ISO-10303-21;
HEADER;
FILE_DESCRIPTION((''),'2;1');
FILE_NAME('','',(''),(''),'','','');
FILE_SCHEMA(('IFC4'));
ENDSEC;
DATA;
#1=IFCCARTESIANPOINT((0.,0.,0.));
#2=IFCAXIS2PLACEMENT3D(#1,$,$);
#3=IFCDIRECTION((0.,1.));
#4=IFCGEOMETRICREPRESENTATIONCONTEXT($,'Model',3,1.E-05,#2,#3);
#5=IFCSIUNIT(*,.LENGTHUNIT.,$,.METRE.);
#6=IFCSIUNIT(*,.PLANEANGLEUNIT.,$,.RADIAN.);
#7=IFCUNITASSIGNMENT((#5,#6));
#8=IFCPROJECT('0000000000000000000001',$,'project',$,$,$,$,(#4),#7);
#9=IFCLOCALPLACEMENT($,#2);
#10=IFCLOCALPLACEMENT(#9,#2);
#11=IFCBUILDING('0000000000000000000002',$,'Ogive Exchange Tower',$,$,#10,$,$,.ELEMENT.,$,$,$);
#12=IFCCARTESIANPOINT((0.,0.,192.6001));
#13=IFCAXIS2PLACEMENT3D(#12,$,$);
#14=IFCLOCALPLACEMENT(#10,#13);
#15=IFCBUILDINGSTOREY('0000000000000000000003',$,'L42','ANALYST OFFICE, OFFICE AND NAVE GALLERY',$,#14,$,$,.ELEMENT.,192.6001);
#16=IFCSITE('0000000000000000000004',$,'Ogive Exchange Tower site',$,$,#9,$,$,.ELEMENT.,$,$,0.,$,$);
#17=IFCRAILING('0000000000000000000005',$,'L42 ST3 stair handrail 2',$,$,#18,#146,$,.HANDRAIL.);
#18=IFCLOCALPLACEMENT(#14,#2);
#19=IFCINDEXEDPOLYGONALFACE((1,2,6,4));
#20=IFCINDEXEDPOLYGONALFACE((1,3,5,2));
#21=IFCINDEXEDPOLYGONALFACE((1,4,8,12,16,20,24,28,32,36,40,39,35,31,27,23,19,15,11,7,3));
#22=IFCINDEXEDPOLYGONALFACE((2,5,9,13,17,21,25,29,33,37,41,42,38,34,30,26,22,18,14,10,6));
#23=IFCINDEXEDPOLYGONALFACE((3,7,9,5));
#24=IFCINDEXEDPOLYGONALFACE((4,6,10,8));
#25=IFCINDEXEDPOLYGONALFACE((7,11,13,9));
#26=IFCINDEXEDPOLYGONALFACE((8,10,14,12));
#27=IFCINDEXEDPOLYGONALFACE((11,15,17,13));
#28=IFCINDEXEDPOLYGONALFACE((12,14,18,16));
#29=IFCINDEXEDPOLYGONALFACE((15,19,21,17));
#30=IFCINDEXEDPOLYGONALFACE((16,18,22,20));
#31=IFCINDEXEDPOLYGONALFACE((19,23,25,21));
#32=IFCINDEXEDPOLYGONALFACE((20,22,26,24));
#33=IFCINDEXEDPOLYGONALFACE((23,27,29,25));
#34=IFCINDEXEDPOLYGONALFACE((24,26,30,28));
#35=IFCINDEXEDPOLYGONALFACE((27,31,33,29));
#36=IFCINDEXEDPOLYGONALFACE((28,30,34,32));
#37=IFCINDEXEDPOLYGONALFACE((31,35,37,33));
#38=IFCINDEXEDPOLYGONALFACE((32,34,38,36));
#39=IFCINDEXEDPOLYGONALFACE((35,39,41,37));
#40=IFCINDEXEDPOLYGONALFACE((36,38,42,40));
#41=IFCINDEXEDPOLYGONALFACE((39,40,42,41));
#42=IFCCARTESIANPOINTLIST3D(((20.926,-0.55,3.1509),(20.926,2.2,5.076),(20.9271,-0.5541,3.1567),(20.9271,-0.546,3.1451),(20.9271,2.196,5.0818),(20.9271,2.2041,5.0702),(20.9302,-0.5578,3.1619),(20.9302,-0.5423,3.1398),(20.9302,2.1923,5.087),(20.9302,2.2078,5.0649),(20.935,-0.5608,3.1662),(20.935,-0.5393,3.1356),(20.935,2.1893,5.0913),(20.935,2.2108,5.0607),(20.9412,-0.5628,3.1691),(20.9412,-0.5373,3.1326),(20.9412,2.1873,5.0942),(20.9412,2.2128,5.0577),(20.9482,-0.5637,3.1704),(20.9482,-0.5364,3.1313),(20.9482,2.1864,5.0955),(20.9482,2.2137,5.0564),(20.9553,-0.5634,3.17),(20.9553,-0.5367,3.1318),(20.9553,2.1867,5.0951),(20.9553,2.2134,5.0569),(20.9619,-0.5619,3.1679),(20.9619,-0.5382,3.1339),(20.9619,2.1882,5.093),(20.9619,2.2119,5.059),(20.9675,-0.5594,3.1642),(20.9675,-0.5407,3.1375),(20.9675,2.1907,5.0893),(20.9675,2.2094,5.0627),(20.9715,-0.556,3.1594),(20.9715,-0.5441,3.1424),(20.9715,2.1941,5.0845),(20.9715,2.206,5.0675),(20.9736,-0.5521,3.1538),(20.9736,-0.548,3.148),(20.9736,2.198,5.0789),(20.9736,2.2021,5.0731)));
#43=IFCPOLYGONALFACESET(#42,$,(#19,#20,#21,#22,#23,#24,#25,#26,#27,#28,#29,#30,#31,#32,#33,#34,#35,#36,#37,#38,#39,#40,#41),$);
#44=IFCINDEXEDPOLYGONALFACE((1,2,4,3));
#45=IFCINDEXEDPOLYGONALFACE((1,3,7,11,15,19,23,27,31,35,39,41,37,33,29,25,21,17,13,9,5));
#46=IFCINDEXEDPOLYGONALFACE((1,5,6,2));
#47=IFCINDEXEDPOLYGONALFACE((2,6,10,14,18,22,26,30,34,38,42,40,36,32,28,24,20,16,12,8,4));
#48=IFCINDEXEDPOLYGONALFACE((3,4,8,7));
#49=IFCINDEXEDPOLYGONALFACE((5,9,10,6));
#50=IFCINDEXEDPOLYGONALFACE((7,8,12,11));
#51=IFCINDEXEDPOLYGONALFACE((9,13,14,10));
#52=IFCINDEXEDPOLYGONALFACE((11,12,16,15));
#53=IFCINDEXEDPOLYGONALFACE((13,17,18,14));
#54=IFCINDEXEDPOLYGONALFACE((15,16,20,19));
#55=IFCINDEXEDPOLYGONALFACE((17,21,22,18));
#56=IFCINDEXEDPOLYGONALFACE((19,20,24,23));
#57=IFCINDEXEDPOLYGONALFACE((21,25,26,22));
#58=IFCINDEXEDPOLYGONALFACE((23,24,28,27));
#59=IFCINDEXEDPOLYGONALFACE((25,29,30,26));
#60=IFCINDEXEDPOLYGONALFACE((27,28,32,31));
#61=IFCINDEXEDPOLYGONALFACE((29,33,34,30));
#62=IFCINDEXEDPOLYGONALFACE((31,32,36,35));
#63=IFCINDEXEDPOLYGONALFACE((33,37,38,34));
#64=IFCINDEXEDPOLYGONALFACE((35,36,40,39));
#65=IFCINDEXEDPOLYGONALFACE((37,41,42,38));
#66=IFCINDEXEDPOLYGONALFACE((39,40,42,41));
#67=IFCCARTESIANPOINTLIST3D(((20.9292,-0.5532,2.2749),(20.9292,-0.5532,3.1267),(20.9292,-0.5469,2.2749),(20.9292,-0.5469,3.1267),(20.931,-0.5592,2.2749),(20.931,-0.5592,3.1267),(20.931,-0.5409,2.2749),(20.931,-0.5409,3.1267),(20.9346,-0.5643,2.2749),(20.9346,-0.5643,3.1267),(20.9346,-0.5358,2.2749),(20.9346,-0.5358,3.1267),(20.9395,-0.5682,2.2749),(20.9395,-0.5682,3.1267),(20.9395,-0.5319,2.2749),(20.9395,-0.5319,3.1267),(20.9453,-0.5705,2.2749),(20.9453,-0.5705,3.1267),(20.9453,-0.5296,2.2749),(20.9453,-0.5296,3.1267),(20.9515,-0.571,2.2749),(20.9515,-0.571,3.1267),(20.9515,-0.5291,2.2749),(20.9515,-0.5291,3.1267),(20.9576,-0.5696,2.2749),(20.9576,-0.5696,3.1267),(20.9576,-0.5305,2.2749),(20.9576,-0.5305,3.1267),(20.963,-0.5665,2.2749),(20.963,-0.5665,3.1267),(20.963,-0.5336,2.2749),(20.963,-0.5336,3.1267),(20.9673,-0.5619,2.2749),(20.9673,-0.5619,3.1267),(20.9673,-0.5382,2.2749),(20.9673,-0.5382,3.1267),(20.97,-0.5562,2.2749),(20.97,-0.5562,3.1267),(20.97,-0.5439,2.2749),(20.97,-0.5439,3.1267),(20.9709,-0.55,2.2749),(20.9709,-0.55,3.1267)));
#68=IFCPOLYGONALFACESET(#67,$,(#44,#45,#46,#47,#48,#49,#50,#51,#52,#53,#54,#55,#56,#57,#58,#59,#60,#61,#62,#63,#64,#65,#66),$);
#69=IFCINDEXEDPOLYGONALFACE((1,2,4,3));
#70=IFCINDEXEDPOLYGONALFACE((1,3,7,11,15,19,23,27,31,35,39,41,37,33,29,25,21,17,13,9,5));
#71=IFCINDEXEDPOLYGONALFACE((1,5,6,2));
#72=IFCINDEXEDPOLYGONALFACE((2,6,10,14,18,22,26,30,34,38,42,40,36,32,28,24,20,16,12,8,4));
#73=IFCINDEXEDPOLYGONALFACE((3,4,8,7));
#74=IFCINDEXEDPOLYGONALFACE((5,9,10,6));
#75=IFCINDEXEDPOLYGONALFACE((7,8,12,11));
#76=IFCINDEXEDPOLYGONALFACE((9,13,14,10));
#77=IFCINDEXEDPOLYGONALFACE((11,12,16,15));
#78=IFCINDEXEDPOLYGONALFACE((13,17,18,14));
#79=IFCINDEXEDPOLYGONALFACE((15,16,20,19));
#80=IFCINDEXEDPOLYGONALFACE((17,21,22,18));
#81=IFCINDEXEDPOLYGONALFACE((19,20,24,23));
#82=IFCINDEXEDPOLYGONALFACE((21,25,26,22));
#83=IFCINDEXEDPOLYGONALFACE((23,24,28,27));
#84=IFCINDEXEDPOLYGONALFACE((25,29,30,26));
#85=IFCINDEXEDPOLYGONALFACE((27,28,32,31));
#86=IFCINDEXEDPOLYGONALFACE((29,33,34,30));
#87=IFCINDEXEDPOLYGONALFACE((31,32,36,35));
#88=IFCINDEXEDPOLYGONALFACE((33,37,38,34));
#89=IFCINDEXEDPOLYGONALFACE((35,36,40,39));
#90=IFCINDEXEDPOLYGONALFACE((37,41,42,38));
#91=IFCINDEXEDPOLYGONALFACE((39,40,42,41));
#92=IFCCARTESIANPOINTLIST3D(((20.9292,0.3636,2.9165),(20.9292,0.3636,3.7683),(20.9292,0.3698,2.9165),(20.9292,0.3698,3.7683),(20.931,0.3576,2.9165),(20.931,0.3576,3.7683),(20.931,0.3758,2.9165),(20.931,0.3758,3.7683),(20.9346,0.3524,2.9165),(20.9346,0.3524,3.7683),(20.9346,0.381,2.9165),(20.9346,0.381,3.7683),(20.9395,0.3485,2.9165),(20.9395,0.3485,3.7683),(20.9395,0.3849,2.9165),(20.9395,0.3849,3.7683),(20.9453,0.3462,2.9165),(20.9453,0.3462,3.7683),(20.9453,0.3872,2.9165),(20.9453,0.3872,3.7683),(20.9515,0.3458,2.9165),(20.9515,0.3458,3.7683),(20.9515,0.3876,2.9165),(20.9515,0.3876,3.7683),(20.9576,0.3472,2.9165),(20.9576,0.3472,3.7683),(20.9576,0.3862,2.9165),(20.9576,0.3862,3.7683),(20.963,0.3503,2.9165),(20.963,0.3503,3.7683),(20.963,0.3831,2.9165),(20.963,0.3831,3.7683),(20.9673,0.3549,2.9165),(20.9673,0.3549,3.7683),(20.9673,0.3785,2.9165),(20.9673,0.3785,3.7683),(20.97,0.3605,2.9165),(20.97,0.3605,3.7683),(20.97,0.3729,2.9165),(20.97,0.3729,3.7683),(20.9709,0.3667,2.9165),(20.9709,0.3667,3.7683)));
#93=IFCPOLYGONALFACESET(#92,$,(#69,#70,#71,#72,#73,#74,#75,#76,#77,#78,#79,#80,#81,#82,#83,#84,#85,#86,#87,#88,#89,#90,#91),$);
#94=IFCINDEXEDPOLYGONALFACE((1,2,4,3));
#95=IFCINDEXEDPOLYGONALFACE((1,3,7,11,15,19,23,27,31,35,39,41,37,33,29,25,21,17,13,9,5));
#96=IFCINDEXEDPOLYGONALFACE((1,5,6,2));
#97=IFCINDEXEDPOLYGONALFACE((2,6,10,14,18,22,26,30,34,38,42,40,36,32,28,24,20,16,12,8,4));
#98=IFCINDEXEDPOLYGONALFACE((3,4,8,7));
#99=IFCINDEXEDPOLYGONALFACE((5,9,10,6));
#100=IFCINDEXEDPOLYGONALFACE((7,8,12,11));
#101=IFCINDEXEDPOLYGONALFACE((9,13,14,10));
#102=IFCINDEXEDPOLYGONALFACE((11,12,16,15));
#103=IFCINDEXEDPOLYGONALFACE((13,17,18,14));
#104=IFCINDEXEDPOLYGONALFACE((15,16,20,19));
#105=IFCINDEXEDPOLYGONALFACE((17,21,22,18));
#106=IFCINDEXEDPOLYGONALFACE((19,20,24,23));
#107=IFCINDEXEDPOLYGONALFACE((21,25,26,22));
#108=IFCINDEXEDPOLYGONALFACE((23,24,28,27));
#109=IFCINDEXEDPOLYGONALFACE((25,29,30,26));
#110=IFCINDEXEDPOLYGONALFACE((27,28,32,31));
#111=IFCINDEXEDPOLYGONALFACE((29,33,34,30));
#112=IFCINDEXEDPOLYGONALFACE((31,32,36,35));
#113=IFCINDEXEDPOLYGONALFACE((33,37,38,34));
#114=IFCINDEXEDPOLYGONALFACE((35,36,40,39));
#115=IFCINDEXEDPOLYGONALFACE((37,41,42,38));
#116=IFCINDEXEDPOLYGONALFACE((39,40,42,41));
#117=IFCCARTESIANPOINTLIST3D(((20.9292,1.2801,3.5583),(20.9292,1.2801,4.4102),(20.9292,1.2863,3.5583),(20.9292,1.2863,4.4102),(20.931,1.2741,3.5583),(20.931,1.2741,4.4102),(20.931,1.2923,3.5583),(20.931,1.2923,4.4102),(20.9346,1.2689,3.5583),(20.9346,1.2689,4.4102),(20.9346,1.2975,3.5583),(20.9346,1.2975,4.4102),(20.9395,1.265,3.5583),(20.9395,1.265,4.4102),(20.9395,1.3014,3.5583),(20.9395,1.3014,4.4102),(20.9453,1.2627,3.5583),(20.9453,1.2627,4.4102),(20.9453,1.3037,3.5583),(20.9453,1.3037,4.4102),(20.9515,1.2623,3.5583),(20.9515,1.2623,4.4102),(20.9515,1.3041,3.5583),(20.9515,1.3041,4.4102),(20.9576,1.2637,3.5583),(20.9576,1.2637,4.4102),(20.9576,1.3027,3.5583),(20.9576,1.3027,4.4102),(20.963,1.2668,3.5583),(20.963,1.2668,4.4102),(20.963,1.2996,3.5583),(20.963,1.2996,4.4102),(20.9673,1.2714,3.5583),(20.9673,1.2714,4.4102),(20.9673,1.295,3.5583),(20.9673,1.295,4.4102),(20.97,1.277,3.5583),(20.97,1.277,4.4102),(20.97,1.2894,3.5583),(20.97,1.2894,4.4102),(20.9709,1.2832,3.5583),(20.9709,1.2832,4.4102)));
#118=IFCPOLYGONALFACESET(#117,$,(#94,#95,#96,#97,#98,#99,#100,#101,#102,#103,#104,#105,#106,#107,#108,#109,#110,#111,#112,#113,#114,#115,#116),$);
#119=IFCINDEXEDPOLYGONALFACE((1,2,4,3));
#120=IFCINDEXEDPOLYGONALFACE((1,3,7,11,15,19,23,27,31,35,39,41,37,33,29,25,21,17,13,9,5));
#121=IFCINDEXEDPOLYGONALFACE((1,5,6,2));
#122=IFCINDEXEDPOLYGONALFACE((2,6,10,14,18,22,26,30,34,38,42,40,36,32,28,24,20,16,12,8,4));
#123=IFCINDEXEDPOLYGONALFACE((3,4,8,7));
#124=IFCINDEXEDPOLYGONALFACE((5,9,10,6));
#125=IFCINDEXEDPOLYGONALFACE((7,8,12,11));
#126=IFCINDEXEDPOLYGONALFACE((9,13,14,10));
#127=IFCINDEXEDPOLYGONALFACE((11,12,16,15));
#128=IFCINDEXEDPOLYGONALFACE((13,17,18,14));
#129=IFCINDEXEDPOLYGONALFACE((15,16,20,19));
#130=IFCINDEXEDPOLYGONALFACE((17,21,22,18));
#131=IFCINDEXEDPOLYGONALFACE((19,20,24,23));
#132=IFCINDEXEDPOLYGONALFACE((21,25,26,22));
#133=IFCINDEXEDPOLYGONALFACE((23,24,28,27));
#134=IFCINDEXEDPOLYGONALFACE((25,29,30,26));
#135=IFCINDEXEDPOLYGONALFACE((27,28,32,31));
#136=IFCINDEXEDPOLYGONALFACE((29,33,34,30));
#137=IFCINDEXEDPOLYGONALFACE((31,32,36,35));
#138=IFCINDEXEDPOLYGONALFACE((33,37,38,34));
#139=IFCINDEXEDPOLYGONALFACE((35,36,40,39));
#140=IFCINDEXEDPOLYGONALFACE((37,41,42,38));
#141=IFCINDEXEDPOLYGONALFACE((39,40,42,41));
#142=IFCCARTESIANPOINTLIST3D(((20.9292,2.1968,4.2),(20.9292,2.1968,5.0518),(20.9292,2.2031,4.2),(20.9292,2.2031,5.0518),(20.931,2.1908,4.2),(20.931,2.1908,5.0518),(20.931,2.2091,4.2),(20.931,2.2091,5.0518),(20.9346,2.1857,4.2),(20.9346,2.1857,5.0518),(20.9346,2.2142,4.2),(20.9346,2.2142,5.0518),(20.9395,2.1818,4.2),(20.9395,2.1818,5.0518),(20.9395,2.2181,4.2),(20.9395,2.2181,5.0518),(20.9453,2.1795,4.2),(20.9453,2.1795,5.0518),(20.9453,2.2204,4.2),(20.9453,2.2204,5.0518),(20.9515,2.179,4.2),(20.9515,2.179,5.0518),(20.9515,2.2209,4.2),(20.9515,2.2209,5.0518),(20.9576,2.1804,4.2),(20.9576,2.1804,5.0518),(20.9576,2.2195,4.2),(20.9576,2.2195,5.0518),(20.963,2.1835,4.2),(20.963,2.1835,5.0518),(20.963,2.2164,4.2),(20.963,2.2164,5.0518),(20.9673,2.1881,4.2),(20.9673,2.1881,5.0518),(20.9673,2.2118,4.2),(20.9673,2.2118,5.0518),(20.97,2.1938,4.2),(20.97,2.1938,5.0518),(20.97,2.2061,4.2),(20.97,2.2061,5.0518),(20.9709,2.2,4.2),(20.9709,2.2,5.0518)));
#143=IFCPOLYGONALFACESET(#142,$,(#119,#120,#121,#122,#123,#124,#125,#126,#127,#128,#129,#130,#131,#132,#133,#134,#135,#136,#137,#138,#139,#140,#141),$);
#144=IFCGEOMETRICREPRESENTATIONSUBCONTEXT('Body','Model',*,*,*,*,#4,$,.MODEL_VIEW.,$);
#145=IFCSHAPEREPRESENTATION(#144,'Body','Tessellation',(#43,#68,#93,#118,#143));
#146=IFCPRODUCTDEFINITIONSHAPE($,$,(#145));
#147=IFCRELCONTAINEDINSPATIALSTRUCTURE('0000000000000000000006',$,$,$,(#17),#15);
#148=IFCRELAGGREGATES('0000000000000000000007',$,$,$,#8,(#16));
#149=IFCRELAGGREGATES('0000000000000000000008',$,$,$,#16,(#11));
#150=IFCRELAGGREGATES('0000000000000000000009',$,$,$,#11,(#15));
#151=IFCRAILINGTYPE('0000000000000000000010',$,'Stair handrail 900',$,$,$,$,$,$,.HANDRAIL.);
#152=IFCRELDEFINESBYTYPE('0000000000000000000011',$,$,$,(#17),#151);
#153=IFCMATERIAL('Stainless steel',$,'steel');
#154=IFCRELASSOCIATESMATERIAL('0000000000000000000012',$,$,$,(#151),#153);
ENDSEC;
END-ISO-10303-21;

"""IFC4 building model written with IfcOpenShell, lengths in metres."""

from ifc_helpers import new_model, si_unit, direction, frame, origin, origin_2d, place, context, subcontext, project, spatial, circle, extrude, material, type_object, element, save


model = new_model("IFC4")

# Units and contexts
model_context = context("Model", 3, precision=1e-05, world=origin(), true_north=direction((0.0, 1.0)))
body_context = subcontext(model_context, "Body", "Model", "MODEL_VIEW")
ifc_project = project(units=[si_unit("LENGTHUNIT", "METRE"), si_unit("PLANEANGLEUNIT", "RADIAN")], contexts=[model_context])

# Site, building, storey
site_placement = place(None, origin())
site = spatial("IfcSite", under=ifc_project, at=site_placement, Name="Ogive Exchange Tower site", CompositionType="ELEMENT", RefElevation=0.0)
building_placement = place(site_placement, origin())
building = spatial("IfcBuilding", under=site, at=building_placement, Name="Ogive Exchange Tower", CompositionType="ELEMENT")
storey_placement = place(building_placement, frame((0.0, 0.0, 192.6001)))
storey = spatial("IfcBuildingStorey", under=building, at=storey_placement, Name="L42", Description="ANALYST OFFICE, OFFICE AND NAVE GALLERY", CompositionType="ELEMENT", Elevation=192.6001)

# Shared definitions
ifc_material_1 = material(Name="Stainless steel", Category="steel")

# Railing
railing_type = type_object("IfcRailingType", Name="Stair handrail 900", PredefinedType="HANDRAIL", material=ifc_material_1)
railing_placement = place(storey_placement, frame((20.95, -0.55, 2.2749)))
element("IfcRailing", 1, at=railing_placement, inside=storey, type_object=railing_type, Name="L42 ST3 stair handrail 2", PredefinedType="HANDRAIL", context=body_context, shape_type="SweptSolid", body=[
    extrude(circle(Radius=0.0239, at=origin_2d()), frame((0.0, 0.0, 0.876), z_axis=(0.0, 0.819225, 0.573472), x_axis=(-1.0, 0.0, 0.0)), (0.0, 0.0, 1.0), 3.3569),
    extrude(circle(Radius=0.021, at=origin_2d()), origin(), (0.0, 0.0, 1.0), 0.8518),
    extrude(circle(Radius=0.021, at=origin_2d()), frame((0.0, 0.9167, 0.6416)), (0.0, 0.0, 1.0), 0.8518),
    extrude(circle(Radius=0.021, at=origin_2d()), frame((0.0, 1.8333, 1.2834)), (0.0, 0.0, 1.0), 0.8518),
    extrude(circle(Radius=0.021, at=origin_2d()), frame((0.0, 2.75, 1.925)), (0.0, 0.0, 1.0), 0.8518),
])

save(model, "model.ifc")
